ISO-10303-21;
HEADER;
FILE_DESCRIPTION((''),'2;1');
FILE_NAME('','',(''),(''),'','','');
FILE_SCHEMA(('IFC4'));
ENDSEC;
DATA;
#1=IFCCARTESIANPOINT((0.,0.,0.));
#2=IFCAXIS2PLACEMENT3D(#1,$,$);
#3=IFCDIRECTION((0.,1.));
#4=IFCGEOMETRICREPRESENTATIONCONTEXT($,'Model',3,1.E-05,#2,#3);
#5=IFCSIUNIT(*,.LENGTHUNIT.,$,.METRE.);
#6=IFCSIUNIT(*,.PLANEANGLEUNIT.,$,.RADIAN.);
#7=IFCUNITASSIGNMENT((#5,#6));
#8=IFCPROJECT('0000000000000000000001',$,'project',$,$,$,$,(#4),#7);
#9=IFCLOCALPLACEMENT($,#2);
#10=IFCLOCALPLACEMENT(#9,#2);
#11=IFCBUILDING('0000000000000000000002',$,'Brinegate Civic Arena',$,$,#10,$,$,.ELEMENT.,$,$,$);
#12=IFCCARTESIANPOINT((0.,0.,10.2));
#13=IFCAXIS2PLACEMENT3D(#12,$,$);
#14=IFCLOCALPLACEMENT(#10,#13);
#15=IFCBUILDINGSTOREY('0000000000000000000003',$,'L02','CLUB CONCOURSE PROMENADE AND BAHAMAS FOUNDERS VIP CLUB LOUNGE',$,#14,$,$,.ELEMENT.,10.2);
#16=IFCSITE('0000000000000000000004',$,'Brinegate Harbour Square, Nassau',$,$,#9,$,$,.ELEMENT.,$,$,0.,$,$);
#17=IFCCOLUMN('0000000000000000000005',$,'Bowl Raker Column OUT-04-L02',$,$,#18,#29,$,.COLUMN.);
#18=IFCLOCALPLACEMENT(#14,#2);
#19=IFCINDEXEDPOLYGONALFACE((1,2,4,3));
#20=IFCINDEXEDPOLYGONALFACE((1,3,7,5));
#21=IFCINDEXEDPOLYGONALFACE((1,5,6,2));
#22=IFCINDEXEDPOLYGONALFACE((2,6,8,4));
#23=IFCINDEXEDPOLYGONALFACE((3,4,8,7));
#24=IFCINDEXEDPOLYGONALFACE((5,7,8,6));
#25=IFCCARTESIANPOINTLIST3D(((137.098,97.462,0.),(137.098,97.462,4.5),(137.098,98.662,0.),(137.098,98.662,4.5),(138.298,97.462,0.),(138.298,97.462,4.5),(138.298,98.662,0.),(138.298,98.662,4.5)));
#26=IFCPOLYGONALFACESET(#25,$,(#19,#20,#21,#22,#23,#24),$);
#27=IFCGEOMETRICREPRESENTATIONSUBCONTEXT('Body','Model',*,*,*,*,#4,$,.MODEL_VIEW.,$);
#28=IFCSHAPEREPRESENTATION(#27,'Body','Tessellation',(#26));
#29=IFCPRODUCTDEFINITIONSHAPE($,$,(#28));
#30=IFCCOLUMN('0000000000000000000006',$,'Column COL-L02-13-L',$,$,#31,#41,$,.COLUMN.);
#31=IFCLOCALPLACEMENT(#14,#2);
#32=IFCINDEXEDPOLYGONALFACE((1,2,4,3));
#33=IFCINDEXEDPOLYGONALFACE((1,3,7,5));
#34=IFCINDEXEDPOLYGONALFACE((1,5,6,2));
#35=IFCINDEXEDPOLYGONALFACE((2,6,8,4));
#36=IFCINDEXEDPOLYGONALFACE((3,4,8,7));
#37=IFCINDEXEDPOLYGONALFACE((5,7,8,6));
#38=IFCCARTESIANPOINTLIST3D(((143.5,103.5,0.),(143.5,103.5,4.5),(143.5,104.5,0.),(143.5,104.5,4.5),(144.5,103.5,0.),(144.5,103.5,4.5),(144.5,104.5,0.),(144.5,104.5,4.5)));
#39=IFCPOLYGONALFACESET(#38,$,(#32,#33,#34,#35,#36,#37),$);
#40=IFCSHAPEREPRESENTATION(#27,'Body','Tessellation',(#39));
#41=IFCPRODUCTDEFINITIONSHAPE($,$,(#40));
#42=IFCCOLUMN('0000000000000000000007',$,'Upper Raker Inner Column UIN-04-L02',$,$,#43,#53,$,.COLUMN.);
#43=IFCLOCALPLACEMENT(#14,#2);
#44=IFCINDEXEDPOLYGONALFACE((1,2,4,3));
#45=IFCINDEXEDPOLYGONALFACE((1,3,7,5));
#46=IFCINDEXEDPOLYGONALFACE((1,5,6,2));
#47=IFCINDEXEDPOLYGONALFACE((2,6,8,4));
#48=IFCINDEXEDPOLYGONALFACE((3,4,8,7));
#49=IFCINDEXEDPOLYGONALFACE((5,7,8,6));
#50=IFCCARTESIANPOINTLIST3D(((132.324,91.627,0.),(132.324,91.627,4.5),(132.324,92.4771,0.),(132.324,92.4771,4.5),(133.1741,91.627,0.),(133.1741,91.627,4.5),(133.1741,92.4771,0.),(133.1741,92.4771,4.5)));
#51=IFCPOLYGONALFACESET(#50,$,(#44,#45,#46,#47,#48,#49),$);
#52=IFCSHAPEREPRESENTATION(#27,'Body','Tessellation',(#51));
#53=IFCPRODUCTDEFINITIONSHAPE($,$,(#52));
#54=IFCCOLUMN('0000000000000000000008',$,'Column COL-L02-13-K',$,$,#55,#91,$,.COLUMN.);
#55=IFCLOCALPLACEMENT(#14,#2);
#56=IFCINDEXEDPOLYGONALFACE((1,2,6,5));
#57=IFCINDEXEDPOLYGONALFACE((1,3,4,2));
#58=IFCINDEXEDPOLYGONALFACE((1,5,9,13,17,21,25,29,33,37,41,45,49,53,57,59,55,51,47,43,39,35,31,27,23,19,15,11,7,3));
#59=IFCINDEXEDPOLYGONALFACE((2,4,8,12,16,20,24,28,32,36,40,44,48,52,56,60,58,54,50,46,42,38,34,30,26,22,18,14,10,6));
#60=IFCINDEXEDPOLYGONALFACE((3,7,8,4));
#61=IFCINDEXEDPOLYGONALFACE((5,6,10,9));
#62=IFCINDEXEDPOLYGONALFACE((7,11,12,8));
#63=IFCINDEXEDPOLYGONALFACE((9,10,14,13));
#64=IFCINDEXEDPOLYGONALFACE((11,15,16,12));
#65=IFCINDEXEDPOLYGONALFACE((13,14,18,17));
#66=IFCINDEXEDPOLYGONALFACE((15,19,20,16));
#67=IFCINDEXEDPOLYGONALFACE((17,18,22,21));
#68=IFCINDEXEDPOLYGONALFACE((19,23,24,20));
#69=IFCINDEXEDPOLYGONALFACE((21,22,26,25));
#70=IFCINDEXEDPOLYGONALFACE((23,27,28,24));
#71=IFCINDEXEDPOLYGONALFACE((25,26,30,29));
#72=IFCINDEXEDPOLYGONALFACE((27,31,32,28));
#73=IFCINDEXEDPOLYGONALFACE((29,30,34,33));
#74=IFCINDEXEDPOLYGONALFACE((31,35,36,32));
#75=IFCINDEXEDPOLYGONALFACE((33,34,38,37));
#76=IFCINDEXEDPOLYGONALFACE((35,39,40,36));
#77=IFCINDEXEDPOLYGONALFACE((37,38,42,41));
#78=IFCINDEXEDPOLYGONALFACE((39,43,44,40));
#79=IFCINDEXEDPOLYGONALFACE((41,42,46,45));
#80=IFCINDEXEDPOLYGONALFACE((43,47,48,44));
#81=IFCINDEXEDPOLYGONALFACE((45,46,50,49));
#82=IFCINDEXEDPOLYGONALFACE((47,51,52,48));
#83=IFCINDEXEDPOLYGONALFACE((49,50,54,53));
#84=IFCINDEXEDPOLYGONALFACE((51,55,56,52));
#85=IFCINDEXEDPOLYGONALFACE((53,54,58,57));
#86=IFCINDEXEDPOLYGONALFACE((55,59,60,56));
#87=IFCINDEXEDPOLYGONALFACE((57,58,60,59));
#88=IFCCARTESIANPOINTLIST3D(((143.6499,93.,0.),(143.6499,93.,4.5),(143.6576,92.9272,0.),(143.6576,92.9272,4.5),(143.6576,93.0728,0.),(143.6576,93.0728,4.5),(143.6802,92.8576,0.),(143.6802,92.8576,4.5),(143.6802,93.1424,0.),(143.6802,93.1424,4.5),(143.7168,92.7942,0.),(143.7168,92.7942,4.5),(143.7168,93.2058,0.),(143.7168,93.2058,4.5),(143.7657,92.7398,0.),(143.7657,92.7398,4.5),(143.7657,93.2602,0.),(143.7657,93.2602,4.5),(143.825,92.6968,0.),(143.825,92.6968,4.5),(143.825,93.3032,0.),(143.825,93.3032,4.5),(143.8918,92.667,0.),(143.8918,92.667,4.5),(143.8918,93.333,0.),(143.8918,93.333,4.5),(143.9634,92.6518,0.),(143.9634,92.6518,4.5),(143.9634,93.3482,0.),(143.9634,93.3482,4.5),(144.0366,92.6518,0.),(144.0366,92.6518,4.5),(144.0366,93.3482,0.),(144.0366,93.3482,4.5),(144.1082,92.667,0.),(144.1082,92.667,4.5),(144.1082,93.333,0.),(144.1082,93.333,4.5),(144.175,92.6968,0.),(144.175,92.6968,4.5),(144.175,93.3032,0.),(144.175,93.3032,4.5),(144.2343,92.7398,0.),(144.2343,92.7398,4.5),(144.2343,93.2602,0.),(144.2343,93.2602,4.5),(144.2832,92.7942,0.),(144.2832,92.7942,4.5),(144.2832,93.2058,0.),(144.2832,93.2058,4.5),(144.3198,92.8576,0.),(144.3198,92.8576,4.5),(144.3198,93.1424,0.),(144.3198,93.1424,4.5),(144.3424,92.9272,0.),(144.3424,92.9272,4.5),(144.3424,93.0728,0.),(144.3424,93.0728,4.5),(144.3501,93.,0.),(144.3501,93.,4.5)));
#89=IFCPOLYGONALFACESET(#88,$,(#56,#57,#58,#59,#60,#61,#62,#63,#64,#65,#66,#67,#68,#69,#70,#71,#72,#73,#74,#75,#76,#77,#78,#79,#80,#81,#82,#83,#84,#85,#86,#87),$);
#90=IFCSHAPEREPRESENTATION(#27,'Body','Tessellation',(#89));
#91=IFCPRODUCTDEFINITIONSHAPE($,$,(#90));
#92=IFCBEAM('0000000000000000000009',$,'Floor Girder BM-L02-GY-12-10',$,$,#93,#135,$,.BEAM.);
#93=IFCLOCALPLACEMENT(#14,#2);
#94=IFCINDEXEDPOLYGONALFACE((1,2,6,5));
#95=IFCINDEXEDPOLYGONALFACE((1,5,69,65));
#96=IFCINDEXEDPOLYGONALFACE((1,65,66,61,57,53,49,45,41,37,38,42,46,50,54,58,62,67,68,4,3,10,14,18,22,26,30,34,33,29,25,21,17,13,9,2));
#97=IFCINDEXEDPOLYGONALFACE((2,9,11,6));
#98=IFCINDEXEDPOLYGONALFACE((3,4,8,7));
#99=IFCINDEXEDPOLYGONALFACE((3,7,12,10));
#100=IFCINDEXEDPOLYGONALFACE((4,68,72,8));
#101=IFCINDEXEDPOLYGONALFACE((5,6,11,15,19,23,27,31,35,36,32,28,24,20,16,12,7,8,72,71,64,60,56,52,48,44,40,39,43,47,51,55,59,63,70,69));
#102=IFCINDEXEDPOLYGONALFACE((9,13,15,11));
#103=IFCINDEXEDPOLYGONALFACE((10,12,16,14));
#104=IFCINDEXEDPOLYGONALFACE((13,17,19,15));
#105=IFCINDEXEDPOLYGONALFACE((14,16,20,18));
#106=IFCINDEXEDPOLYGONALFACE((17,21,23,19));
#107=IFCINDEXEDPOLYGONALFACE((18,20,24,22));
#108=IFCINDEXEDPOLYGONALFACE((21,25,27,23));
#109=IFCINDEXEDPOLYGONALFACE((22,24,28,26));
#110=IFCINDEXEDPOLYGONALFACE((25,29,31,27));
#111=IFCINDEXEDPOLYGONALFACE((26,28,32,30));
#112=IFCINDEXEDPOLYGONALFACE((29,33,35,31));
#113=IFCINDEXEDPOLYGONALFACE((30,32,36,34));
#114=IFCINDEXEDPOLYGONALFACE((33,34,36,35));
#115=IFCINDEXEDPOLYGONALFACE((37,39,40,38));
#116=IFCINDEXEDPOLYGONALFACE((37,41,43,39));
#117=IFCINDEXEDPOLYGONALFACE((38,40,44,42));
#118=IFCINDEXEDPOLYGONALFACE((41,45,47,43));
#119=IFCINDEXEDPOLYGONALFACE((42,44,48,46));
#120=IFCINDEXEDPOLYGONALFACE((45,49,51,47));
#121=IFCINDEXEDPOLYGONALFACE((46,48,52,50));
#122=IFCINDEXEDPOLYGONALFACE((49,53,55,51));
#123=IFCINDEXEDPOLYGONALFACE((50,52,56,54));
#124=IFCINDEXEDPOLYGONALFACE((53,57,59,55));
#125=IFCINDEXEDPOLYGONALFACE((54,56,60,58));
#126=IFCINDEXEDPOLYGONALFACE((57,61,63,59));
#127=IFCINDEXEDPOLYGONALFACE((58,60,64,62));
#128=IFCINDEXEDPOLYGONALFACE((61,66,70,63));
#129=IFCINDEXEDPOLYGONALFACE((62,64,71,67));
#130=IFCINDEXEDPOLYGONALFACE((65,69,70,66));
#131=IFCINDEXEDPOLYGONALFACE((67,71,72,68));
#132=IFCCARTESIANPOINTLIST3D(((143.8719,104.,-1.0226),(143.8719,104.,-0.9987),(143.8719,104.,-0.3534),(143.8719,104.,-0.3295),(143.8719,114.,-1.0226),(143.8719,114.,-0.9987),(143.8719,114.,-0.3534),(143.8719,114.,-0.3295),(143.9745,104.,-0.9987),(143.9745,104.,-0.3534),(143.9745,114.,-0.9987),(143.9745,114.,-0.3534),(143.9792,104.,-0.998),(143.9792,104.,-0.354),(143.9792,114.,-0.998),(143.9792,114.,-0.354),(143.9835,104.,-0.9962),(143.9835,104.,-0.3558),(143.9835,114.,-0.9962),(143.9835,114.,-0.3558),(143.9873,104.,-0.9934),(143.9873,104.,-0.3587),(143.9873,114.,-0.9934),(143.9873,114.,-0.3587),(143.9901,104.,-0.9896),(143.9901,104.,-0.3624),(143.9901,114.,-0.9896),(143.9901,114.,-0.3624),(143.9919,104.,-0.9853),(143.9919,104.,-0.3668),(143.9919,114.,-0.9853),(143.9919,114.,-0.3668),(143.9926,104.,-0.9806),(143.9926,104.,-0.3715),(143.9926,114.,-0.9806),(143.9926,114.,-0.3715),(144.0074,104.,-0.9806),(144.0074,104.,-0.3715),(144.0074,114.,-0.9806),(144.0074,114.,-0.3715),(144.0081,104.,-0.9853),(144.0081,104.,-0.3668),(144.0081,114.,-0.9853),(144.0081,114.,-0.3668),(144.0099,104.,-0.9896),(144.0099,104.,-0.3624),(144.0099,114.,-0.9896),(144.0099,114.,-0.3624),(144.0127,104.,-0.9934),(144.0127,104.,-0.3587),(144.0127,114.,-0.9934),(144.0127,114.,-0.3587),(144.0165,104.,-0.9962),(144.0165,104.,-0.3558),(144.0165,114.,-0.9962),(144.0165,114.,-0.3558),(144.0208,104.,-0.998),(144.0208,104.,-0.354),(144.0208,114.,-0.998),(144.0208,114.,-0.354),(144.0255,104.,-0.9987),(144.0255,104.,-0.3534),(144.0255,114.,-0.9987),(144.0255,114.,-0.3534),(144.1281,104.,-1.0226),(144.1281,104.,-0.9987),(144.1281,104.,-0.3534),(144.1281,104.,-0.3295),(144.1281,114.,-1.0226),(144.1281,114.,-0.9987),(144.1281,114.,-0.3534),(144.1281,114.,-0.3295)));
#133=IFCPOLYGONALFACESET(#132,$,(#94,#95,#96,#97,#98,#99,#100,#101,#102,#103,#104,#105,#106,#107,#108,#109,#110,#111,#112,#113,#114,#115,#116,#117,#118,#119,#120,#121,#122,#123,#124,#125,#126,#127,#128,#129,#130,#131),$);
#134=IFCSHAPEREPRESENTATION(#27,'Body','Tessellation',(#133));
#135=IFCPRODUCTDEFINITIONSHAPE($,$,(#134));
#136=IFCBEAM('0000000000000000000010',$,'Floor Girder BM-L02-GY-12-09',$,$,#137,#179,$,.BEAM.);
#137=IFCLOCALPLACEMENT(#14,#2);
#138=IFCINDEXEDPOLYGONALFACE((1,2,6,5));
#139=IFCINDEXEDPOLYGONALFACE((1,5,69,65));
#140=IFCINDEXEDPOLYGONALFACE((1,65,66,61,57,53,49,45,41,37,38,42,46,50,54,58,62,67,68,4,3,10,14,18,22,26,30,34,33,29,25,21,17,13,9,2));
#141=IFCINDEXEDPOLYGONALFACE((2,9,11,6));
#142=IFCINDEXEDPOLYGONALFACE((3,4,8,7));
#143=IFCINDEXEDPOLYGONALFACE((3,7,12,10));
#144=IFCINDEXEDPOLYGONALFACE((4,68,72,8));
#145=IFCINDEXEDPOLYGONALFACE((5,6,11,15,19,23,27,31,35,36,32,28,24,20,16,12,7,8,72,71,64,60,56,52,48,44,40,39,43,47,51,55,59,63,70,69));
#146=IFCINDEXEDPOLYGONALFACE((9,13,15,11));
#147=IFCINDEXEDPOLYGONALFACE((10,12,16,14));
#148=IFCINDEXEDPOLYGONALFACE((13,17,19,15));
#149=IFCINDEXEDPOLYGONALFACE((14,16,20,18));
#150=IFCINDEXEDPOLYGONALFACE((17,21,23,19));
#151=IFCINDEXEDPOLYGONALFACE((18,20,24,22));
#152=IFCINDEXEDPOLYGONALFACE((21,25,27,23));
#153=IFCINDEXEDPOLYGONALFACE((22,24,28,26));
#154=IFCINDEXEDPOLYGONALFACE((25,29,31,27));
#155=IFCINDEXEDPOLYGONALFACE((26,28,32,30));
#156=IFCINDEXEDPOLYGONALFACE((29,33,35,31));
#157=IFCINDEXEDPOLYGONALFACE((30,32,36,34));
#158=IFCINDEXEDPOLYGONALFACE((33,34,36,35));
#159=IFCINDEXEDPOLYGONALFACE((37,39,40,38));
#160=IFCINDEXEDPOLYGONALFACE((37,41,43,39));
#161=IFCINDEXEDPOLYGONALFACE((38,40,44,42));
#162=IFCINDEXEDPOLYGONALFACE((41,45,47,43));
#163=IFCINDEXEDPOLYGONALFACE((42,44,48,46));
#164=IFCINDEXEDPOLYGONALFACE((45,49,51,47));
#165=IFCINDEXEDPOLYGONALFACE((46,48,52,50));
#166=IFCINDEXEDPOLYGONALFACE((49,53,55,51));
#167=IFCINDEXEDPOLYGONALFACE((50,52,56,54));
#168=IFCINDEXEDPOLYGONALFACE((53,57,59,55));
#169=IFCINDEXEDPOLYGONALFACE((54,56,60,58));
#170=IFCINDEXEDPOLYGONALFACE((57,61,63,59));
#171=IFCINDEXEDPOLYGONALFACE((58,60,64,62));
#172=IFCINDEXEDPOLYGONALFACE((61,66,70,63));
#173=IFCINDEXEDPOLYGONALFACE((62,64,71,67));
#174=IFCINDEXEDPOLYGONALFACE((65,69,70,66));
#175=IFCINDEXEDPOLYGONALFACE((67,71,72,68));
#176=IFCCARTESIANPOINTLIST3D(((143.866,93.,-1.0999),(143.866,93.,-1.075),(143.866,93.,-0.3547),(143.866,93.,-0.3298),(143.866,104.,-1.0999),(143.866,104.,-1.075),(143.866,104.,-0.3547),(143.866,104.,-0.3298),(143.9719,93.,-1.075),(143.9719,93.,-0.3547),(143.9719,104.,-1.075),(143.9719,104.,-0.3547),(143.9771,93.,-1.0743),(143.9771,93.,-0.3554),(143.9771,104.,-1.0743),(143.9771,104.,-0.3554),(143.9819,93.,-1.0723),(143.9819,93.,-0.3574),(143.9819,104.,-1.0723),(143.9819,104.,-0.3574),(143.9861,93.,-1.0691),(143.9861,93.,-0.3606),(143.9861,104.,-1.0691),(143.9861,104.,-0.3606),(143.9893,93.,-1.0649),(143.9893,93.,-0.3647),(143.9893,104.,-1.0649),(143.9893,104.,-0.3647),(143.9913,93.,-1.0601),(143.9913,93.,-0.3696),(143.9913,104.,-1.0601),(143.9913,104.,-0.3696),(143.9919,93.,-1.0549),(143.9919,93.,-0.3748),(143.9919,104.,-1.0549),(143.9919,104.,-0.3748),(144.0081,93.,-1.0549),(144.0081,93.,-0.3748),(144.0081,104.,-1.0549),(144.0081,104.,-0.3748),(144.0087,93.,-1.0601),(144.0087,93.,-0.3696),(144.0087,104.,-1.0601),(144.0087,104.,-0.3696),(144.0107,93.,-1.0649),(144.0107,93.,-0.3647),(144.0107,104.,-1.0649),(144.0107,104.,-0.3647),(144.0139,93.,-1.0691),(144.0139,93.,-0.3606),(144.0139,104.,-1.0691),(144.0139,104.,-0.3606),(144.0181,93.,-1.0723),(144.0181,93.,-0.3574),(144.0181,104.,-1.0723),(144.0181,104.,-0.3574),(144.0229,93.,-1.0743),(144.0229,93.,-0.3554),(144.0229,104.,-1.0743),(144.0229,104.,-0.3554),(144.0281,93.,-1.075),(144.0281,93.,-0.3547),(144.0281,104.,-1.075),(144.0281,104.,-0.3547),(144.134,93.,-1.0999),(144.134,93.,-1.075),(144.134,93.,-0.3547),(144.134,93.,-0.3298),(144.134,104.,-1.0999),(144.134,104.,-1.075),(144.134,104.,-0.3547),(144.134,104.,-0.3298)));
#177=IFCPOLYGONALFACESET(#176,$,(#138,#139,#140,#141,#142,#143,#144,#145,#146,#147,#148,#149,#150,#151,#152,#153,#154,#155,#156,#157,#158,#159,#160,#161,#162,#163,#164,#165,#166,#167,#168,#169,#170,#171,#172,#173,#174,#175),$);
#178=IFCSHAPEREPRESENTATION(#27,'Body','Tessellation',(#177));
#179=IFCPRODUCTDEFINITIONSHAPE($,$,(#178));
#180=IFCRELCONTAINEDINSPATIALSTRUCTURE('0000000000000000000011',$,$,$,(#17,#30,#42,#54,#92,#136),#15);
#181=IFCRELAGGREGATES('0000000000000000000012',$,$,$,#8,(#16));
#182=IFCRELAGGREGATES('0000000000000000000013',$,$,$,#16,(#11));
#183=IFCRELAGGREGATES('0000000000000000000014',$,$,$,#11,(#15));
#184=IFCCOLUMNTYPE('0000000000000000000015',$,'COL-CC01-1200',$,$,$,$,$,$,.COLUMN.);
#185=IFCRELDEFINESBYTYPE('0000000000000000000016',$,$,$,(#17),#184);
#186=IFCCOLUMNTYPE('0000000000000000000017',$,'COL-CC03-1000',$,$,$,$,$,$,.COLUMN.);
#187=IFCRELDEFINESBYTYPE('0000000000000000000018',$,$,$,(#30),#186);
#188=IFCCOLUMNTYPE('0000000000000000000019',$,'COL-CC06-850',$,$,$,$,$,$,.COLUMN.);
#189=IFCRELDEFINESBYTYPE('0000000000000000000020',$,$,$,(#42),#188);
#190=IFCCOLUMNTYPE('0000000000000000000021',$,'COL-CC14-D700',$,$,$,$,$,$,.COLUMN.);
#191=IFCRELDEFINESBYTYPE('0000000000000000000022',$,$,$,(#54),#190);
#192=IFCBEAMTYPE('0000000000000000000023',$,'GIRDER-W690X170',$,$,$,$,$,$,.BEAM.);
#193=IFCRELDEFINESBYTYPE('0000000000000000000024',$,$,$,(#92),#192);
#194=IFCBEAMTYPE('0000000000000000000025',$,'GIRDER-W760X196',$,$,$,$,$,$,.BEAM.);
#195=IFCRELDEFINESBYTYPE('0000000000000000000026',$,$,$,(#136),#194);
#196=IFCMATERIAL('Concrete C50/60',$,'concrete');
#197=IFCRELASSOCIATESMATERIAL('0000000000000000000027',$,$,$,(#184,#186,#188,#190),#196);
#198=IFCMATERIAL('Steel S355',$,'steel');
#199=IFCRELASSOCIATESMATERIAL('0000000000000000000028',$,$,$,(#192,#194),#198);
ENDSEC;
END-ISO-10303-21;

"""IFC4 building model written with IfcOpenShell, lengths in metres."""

from ifc_helpers import new_model, si_unit, direction, frame, origin, origin_2d, place, context, subcontext, project, spatial, rectangle, circle, i_section, extrude, material, material_profile, profile_set, type_object, element, save


model = new_model("IFC4")

# Units and contexts
model_context = context("Model", 3, precision=1e-05, world=origin(), true_north=direction((0.0, 1.0)))
body_context = subcontext(model_context, "Body", "Model", "MODEL_VIEW")
ifc_project = project(units=[si_unit("LENGTHUNIT", "METRE"), si_unit("PLANEANGLEUNIT", "RADIAN")], contexts=[model_context])

# Site, building, storey
site_placement = place(None, origin())
site = spatial("IfcSite", under=ifc_project, at=site_placement, Name="Brinegate Harbour Square, Nassau", CompositionType="ELEMENT", RefElevation=0.0)
building_placement = place(site_placement, origin())
building = spatial("IfcBuilding", under=site, at=building_placement, Name="Brinegate Civic Arena", CompositionType="ELEMENT")
storey_placement = place(building_placement, frame((0.0, 0.0, 10.2)))
storey = spatial("IfcBuildingStorey", under=building, at=storey_placement, Name="L02", Description="CLUB CONCOURSE PROMENADE AND BAHAMAS FOUNDERS VIP CLUB LOUNGE", CompositionType="ELEMENT", Elevation=10.2)

# Columns
ifc_material_1 = material(Name="Concrete C50/60", Category="concrete")
ifc_material_profile_1 = material_profile(ifc_material_1, rectangle(XDim=1.2, YDim=1.2, at=origin_2d()), Name="RC1200X1200")
ifc_profile_set_1 = profile_set([ifc_material_profile_1], Name="Concrete C50/60")
column_type_1 = type_object("IfcColumnType", Name="COL-CC01-1200", PredefinedType="COLUMN", material=ifc_profile_set_1)
column_1_placement = place(storey_placement, frame((137.698, 98.062, 0.0), z_axis=(0.0, 0.0, 1.0), x_axis=(1.0, 0.0, 0.0)))
element("IfcColumn", 1, at=column_1_placement, inside=storey, type_object=column_type_1, Name="Bowl Raker Column OUT-04-L02", PredefinedType="COLUMN", context=body_context, shape_type="SweptSolid", body=[
    extrude(rectangle(XDim=1.2, YDim=1.2, at=origin_2d()), origin(), (0.0, 0.0, 1.0), 4.5),
])
ifc_material_profile_2 = material_profile(ifc_material_1, rectangle(XDim=1.0, YDim=1.0, at=origin_2d()), Name="RC1000X1000")
ifc_profile_set_2 = profile_set([ifc_material_profile_2], Name="Concrete C50/60")
column_type_2 = type_object("IfcColumnType", Name="COL-CC03-1000", PredefinedType="COLUMN", material=ifc_profile_set_2)
column_2_placement = place(storey_placement, frame((144.0, 104.0, 0.0), z_axis=(0.0, 0.0, 1.0), x_axis=(1.0, 0.0, 0.0)))
element("IfcColumn", 2, at=column_2_placement, inside=storey, type_object=column_type_2, Name="Column COL-L02-13-L", PredefinedType="COLUMN", context=body_context, shape_type="SweptSolid", body=[
    extrude(rectangle(XDim=1.0, YDim=1.0, at=origin_2d()), origin(), (0.0, 0.0, 1.0), 4.5),
])
ifc_material_profile_3 = material_profile(ifc_material_1, rectangle(XDim=0.8501, YDim=0.8501, at=origin_2d()), Name="RC850X850")
ifc_profile_set_3 = profile_set([ifc_material_profile_3], Name="Concrete C50/60")
column_type_3 = type_object("IfcColumnType", Name="COL-CC06-850", PredefinedType="COLUMN", material=ifc_profile_set_3)
column_3_placement = place(storey_placement, frame((132.749, 92.052, 0.0), z_axis=(0.0, 0.0, 1.0), x_axis=(1.0, 0.0, 0.0)))
element("IfcColumn", 3, at=column_3_placement, inside=storey, type_object=column_type_3, Name="Upper Raker Inner Column UIN-04-L02", PredefinedType="COLUMN", context=body_context, shape_type="SweptSolid", body=[
    extrude(rectangle(XDim=0.8501, YDim=0.8501, at=origin_2d()), origin(), (0.0, 0.0, 1.0), 4.5),
])
ifc_material_profile_4 = material_profile(ifc_material_1, circle(Radius=0.3501, at=origin_2d()), Name="RCD700")
ifc_profile_set_4 = profile_set([ifc_material_profile_4], Name="Concrete C50/60")
column_type_4 = type_object("IfcColumnType", Name="COL-CC14-D700", PredefinedType="COLUMN", material=ifc_profile_set_4)
column_4_placement = place(storey_placement, frame((144.0, 93.0, 0.0), z_axis=(0.0, 0.0, 1.0), x_axis=(1.0, 0.0, 0.0)))
element("IfcColumn", 4, at=column_4_placement, inside=storey, type_object=column_type_4, Name="Column COL-L02-13-K", PredefinedType="COLUMN", context=body_context, shape_type="SweptSolid", body=[
    extrude(circle(Radius=0.3501, at=origin_2d()), origin(), (0.0, 0.0, 1.0), 4.5),
])

# Beams
ifc_material_2 = material(Name="Steel S355", Category="steel")
ifc_material_profile_5 = material_profile(ifc_material_2, i_section(OverallWidth=0.2561, OverallDepth=0.6931, WebThickness=0.0149, FlangeThickness=0.0239, FilletRadius=0.0181, at=origin_2d()), Name="W690X170")
ifc_profile_set_5 = profile_set([ifc_material_profile_5], Name="Steel S355")
beam_type_1 = type_object("IfcBeamType", Name="GIRDER-W690X170", PredefinedType="BEAM", material=ifc_profile_set_5)
beam_1_placement = place(storey_placement, frame((144.0, 104.0, -0.676), z_axis=(0.0, 1.0, 0.0), x_axis=(-1.0, 0.0, 0.0)))
element("IfcBeam", 5, at=beam_1_placement, inside=storey, type_object=beam_type_1, Name="Floor Girder BM-L02-GY-12-10", PredefinedType="BEAM", context=body_context, shape_type="SweptSolid", body=[
    extrude(i_section(OverallWidth=0.2561, OverallDepth=0.6931, WebThickness=0.0149, FlangeThickness=0.0239, FilletRadius=0.0181, at=origin_2d()), origin(), (0.0, 0.0, 1.0), 10.0),
])
ifc_material_profile_6 = material_profile(ifc_material_2, i_section(OverallWidth=0.2681, OverallDepth=0.77, WebThickness=0.0161, FlangeThickness=0.0249, FilletRadius=0.02, at=origin_2d()), Name="W760X196")
ifc_profile_set_6 = profile_set([ifc_material_profile_6], Name="Steel S355")
beam_type_2 = type_object("IfcBeamType", Name="GIRDER-W760X196", PredefinedType="BEAM", material=ifc_profile_set_6)
beam_2_placement = place(storey_placement, frame((144.0, 93.0, -0.7148), z_axis=(0.0, 1.0, 0.0), x_axis=(-1.0, 0.0, 0.0)))
element("IfcBeam", 6, at=beam_2_placement, inside=storey, type_object=beam_type_2, Name="Floor Girder BM-L02-GY-12-09", PredefinedType="BEAM", context=body_context, shape_type="SweptSolid", body=[
    extrude(i_section(OverallWidth=0.2681, OverallDepth=0.77, WebThickness=0.0161, FlangeThickness=0.0249, FilletRadius=0.02, at=origin_2d()), origin(), (0.0, 0.0, 1.0), 11.0),
])

save(model, "model.ifc")
